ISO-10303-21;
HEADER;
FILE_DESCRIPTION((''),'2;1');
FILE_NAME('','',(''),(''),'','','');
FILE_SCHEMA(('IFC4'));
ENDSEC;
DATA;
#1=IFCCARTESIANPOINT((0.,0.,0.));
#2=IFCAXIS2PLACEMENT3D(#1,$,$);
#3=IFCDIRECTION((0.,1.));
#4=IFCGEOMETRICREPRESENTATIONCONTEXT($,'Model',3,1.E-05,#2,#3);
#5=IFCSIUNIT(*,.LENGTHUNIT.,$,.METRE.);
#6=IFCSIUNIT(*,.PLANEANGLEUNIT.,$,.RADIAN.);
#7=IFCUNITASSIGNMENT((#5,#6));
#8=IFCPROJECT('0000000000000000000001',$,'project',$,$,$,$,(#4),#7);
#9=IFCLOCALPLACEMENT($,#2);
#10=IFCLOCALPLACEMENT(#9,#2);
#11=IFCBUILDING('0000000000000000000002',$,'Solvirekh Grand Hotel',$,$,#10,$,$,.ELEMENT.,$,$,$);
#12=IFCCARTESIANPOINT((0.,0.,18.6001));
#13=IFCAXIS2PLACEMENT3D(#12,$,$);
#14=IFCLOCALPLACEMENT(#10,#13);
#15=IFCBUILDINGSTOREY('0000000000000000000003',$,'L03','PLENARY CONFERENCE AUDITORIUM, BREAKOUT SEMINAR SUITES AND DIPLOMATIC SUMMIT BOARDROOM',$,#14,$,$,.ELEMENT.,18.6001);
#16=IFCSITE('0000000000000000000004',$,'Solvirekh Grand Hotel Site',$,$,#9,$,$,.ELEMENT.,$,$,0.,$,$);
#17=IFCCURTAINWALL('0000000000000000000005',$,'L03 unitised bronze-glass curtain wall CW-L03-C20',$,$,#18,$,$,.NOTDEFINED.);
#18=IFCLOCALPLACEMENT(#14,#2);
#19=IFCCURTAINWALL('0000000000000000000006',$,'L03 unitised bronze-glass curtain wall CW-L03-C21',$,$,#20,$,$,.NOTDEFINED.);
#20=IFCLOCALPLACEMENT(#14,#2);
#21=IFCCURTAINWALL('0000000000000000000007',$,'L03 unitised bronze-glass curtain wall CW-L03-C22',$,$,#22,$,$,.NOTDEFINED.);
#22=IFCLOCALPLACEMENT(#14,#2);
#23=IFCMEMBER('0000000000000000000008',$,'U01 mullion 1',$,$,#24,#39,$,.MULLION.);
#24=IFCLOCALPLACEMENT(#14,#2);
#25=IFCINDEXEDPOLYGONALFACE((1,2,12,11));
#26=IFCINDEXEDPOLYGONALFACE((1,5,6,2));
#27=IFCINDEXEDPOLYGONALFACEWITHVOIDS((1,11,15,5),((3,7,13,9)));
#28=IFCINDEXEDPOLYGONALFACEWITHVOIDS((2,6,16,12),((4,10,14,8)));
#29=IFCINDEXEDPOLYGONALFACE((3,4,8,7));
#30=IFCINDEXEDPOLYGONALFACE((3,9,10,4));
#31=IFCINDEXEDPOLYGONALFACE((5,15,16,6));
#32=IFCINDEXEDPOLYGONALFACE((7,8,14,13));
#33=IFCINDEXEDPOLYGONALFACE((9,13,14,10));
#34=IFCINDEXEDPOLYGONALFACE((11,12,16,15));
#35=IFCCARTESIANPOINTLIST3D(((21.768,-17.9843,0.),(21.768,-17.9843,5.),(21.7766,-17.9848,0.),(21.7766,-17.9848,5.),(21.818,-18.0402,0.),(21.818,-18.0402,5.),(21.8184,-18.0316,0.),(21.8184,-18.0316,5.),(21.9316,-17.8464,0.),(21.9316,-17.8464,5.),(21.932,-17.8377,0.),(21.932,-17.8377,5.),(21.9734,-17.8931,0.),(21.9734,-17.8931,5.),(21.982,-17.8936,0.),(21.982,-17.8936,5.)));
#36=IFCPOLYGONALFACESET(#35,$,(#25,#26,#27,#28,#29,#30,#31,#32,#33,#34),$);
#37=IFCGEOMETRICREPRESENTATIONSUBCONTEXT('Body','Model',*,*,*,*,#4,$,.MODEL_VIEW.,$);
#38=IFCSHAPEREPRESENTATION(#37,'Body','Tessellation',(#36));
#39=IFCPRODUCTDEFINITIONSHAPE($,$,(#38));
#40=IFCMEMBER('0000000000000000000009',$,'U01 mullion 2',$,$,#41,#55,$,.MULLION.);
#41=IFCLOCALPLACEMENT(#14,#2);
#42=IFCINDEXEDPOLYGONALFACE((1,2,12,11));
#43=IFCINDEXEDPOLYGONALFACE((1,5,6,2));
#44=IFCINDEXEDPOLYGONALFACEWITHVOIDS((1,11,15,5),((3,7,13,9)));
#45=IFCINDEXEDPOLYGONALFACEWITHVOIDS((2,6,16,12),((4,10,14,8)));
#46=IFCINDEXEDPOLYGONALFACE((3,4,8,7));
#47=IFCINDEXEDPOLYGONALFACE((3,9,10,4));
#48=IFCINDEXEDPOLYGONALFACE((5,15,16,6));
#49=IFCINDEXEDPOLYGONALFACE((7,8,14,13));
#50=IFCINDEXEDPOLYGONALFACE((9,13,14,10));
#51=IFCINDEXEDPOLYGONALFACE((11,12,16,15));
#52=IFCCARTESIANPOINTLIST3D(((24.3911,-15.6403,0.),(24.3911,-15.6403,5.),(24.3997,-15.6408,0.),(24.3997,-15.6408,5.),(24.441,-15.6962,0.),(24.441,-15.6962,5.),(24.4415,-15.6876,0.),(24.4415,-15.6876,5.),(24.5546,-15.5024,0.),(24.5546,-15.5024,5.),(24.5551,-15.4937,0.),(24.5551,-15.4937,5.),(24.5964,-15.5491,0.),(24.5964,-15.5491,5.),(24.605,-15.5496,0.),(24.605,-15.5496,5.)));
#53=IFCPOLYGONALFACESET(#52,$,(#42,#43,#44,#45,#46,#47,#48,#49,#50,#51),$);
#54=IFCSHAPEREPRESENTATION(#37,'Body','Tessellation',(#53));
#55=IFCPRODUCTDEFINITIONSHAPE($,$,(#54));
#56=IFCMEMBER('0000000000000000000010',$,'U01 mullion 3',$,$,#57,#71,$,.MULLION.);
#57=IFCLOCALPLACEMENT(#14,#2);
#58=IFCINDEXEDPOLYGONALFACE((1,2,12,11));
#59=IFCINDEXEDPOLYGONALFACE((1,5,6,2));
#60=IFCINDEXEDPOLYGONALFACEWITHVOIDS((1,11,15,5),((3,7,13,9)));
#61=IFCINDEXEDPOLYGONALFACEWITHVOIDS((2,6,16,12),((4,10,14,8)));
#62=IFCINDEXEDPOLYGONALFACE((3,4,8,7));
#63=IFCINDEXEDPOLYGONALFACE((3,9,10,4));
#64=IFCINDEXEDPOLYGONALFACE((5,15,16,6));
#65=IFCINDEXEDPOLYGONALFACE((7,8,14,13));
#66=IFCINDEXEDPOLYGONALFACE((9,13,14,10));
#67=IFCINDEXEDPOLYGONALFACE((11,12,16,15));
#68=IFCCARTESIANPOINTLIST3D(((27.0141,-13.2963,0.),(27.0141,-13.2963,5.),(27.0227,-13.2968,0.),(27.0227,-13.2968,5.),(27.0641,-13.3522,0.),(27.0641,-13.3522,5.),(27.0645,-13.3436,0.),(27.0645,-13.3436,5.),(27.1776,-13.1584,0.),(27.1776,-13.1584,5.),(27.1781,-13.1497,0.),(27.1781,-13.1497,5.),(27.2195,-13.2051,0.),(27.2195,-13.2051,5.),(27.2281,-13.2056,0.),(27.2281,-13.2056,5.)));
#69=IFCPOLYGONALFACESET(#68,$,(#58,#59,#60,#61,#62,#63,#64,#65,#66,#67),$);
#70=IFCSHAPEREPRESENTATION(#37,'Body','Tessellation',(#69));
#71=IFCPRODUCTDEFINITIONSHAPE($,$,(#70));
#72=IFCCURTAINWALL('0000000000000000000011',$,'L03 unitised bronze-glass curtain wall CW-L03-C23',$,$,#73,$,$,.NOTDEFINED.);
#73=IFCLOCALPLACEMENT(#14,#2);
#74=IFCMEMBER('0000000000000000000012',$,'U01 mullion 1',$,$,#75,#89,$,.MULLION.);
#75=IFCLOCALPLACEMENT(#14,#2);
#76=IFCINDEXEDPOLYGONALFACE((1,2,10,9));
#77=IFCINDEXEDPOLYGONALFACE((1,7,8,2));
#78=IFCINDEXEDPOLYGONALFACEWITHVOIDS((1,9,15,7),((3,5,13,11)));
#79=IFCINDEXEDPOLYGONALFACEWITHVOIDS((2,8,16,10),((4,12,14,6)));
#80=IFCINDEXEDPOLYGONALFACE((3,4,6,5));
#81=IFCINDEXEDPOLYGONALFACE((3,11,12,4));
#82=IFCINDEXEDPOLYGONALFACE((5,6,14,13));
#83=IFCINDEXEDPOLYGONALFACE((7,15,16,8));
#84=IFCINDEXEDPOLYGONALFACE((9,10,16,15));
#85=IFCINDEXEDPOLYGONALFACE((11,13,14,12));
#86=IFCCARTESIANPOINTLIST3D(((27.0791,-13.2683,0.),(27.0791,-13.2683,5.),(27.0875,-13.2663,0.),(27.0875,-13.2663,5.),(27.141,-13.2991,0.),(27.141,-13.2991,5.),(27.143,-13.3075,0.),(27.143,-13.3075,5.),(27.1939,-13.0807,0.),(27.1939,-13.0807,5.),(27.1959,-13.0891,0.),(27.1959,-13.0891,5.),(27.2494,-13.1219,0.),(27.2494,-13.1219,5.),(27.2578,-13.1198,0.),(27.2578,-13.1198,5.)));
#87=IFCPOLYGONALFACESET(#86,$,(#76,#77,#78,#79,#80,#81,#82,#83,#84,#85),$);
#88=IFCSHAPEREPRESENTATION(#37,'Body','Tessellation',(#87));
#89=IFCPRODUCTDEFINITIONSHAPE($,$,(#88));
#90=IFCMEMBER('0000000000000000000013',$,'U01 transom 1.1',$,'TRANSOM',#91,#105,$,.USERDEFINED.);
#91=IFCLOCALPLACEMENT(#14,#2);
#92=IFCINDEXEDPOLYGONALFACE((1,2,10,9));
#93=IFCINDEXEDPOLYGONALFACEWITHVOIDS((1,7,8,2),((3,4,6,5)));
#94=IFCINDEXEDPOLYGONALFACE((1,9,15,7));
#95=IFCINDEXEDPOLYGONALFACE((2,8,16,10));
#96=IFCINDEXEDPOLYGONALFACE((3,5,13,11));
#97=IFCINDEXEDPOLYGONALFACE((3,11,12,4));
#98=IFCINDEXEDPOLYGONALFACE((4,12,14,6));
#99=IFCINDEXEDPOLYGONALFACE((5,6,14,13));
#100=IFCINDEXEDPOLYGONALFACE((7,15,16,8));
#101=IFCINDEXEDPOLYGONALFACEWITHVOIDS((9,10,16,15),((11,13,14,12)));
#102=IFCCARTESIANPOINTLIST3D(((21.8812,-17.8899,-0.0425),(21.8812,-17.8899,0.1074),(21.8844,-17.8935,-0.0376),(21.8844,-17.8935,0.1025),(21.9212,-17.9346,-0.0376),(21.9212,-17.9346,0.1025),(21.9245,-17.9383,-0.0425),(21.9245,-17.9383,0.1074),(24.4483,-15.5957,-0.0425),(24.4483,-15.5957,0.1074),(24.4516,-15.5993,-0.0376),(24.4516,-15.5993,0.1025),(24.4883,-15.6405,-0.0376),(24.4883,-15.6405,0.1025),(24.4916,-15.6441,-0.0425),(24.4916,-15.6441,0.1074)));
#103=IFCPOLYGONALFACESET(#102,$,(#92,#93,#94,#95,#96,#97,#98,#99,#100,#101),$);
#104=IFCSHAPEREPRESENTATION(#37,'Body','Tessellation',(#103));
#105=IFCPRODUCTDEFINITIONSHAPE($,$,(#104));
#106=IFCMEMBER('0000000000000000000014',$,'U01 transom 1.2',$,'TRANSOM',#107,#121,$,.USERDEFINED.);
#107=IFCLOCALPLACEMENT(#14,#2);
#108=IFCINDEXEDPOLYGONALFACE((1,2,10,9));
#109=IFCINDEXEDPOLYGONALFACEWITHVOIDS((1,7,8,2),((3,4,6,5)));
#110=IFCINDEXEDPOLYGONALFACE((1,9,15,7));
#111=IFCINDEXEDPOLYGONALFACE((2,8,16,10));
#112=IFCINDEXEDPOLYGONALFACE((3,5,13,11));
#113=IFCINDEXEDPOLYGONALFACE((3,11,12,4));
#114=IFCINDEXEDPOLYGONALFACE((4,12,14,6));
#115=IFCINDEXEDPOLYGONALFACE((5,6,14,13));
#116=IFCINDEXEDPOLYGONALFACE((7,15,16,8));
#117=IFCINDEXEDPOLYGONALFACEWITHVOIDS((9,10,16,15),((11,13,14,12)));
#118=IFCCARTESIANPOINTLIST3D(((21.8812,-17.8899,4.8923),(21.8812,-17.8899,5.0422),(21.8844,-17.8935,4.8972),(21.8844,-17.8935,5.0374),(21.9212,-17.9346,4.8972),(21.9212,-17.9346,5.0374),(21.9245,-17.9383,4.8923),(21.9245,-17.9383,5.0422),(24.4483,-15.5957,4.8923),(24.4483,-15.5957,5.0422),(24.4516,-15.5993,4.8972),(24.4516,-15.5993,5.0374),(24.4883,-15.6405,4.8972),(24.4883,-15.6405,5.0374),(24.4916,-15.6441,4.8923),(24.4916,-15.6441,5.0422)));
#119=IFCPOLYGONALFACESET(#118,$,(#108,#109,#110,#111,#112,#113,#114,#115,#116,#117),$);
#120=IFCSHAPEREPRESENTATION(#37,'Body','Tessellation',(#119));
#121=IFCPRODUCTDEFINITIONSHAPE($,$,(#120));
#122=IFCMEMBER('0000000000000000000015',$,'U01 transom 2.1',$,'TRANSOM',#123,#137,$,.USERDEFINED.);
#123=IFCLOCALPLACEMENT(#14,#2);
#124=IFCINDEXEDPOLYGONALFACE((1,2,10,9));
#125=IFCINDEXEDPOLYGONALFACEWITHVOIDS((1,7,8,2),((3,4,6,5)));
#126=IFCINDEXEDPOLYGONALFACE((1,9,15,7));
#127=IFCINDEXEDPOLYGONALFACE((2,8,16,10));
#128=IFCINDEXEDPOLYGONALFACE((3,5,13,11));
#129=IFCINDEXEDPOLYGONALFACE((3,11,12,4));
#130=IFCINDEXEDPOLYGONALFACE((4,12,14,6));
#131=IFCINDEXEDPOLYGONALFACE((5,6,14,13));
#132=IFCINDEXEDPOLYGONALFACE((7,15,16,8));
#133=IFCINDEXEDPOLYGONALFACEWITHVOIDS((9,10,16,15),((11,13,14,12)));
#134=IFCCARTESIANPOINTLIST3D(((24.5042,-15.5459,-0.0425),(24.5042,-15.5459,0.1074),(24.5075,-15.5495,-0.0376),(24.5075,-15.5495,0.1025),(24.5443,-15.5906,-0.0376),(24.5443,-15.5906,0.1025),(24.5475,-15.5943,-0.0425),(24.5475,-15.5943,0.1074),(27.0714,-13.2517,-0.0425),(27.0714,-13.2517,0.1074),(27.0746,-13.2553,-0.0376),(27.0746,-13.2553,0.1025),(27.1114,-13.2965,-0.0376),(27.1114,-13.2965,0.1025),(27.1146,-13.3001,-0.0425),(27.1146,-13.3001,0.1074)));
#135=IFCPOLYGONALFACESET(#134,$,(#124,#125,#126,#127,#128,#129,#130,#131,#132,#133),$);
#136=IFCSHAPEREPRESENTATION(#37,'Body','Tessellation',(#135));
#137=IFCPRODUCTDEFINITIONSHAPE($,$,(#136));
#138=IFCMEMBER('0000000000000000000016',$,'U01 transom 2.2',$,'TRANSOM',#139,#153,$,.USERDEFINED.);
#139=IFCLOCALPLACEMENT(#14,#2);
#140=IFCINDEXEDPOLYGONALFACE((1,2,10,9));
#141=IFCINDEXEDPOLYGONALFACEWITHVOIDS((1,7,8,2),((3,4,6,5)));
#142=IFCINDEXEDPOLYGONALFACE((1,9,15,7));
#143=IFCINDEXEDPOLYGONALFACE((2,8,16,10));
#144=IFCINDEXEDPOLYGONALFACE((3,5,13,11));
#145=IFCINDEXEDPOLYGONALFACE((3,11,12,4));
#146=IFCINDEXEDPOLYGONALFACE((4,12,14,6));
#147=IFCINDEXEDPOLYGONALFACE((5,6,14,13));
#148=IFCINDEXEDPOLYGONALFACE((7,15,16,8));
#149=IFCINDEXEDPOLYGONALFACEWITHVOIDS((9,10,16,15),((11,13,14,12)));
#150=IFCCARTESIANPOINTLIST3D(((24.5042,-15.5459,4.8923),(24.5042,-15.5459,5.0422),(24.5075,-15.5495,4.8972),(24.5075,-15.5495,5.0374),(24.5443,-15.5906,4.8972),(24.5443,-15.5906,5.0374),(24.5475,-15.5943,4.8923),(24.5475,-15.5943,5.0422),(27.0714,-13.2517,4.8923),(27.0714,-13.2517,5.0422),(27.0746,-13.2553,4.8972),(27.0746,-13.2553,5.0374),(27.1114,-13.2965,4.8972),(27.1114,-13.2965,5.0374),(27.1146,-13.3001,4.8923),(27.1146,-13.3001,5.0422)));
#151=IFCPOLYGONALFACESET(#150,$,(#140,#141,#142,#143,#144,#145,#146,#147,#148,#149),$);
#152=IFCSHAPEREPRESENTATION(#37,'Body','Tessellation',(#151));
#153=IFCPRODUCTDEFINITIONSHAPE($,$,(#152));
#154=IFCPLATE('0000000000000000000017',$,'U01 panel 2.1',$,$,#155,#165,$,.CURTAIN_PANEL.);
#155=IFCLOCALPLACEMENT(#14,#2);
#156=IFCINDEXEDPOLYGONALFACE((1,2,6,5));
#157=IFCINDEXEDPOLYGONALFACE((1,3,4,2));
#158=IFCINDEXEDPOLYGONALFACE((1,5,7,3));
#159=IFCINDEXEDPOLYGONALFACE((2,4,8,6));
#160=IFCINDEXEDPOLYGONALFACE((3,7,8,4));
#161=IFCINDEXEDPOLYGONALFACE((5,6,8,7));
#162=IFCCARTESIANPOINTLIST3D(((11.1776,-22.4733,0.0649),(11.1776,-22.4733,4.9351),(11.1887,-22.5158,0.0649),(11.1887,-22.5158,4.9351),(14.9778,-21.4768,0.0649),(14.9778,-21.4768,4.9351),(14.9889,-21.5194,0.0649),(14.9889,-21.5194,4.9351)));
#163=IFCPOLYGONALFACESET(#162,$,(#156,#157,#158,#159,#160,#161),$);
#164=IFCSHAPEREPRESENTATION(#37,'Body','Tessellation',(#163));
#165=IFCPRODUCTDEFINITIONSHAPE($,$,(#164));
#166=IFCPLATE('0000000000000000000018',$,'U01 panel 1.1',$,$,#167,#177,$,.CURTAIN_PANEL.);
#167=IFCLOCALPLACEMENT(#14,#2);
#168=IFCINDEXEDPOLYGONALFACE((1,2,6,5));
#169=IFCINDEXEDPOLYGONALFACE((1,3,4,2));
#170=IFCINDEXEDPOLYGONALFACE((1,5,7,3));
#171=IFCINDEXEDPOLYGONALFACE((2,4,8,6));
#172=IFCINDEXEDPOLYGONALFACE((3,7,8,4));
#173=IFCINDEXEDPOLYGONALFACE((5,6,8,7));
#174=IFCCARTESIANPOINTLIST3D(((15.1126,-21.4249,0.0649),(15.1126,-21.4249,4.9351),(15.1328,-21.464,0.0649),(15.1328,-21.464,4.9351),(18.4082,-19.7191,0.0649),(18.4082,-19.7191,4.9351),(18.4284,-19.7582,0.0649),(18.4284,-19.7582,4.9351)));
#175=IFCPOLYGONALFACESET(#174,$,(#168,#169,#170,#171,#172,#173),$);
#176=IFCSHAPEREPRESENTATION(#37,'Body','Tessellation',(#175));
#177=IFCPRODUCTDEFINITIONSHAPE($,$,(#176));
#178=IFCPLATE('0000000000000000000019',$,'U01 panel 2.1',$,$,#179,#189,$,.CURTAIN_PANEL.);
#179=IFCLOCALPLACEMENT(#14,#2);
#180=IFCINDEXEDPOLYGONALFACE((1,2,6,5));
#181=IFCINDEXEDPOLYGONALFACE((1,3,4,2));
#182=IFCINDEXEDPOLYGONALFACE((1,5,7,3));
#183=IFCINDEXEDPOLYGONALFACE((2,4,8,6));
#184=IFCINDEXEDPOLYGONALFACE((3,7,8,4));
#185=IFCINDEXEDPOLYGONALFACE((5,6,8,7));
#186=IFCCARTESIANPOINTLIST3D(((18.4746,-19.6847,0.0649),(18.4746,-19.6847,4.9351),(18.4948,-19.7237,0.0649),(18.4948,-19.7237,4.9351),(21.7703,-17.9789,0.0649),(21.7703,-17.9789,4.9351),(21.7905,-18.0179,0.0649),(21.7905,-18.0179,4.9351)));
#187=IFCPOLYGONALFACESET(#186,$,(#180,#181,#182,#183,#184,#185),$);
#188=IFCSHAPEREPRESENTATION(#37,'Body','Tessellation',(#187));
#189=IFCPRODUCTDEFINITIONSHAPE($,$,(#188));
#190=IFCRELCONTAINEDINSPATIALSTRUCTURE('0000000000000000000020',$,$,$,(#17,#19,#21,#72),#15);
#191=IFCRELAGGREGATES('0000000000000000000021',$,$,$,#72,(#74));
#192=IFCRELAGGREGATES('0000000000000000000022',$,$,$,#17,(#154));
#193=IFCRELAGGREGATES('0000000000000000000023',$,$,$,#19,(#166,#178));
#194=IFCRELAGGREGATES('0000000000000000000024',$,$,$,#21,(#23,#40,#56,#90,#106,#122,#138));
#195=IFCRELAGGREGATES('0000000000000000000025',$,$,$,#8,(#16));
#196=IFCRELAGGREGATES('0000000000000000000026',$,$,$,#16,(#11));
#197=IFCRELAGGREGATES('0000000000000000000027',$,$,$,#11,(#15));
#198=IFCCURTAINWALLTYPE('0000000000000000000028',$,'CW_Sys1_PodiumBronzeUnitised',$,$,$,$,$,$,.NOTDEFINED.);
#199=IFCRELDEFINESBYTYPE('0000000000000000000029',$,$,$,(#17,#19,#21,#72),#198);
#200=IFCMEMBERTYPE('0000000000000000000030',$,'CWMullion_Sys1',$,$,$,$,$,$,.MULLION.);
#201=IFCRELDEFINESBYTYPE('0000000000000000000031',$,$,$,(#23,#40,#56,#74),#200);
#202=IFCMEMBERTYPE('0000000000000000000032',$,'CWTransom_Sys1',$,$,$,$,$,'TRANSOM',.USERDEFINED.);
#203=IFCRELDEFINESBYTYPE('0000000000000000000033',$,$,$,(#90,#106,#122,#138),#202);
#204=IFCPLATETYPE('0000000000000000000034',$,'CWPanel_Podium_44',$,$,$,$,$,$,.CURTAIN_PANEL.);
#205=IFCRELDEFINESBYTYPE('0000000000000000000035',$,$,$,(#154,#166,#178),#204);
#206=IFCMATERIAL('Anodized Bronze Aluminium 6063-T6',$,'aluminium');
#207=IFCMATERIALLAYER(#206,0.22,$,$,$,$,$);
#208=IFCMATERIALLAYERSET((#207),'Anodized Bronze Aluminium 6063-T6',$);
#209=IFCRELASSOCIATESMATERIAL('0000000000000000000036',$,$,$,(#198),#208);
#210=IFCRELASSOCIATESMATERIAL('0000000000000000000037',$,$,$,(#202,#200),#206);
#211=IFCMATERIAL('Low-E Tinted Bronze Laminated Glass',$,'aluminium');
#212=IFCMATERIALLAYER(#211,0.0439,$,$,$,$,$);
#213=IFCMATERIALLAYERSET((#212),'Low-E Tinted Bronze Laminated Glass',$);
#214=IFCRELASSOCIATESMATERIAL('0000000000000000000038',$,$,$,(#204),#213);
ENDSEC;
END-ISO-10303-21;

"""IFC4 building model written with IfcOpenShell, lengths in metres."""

from ifc_helpers import new_model, si_unit, direction, frame, origin, origin_2d, place, context, subcontext, project, spatial, rectangle, hollow_rectangle, extrude, source, transform, mapped, material, layer, layer_set, material_profile, profile_set, type_object, element, aggregate, save


model = new_model("IFC4")

# Units and contexts
model_context = context("Model", 3, precision=1e-05, world=origin(), true_north=direction((0.0, 1.0)))
body_context = subcontext(model_context, "Body", "Model", "MODEL_VIEW")
ifc_project = project(units=[si_unit("LENGTHUNIT", "METRE"), si_unit("PLANEANGLEUNIT", "RADIAN")], contexts=[model_context])

# Site, building, storey
site_placement = place(None, origin())
site = spatial("IfcSite", under=ifc_project, at=site_placement, Name="Solvirekh Grand Hotel Site", CompositionType="ELEMENT", RefElevation=0.0)
building_placement = place(site_placement, origin())
building = spatial("IfcBuilding", under=site, at=building_placement, Name="Solvirekh Grand Hotel", CompositionType="ELEMENT")
storey_placement = place(building_placement, frame((0.0, 0.0, 18.6001)))
storey = spatial("IfcBuildingStorey", under=building, at=storey_placement, Name="L03", Description="PLENARY CONFERENCE AUDITORIUM, BREAKOUT SEMINAR SUITES AND DIPLOMATIC SUMMIT BOARDROOM", CompositionType="ELEMENT", Elevation=18.6001)

# Curtain walls
ifc_material_1 = material(Name="Anodized Bronze Aluminium 6063-T6", Category="aluminium")
ifc_layer_1 = layer(ifc_material_1, 0.22)
ifc_layer_set_1 = layer_set([ifc_layer_1], Name="Anodized Bronze Aluminium 6063-T6")
curtain_wall_type = type_object("IfcCurtainWallType", Name="CW_Sys1_PodiumBronzeUnitised", PredefinedType="NOTDEFINED", material=ifc_layer_set_1)
curtain_wall_1_placement = place(storey_placement, origin())
curtain_wall_1 = element("IfcCurtainWall", 1, at=curtain_wall_1_placement, inside=storey, type_object=curtain_wall_type, Name="L03 unitised bronze-glass curtain wall CW-L03-C20", PredefinedType="NOTDEFINED")
ifc_material_profile_1 = material_profile(ifc_material_1, hollow_rectangle(XDim=0.0649, YDim=0.1499, WallThickness=0.0049, at=origin_2d()), Name="ALU RHS 150X65X5")
ifc_profile_set_1 = profile_set([ifc_material_profile_1], Name="Anodized Bronze Aluminium 6063-T6")
member_type_1 = type_object("IfcMemberType", Name="CWTransom_Sys1", ElementType="TRANSOM", PredefinedType="USERDEFINED", material=ifc_profile_set_1)
curtain_wall_2_placement = place(storey_placement, origin())
curtain_wall_2 = element("IfcCurtainWall", 2, at=curtain_wall_2_placement, inside=storey, type_object=curtain_wall_type, Name="L03 unitised bronze-glass curtain wall CW-L03-C21", PredefinedType="NOTDEFINED")

# Shared definitions
ifc_material_profile_2 = material_profile(ifc_material_1, hollow_rectangle(XDim=0.075, YDim=0.22, WallThickness=0.0061, at=origin_2d()), Name="ALU RHS 220X75X6")
ifc_profile_set_2 = profile_set([ifc_material_profile_2], Name="Anodized Bronze Aluminium 6063-T6")
member_type_2 = type_object("IfcMemberType", Name="CWMullion_Sys1", PredefinedType="MULLION", material=ifc_profile_set_2)
shared_shape_1 = source(origin(), body_context, "Body", "SweptSolid", [
    extrude(hollow_rectangle(XDim=0.075, YDim=0.22, WallThickness=0.0061, at=origin_2d()), origin(), (0.0, 0.0, 1.0), 5.0),
])

# Curtain wall, members
curtain_wall_3_placement = place(storey_placement, origin())
curtain_wall_3 = element("IfcCurtainWall", 3, at=curtain_wall_3_placement, inside=storey, type_object=curtain_wall_type, Name="L03 unitised bronze-glass curtain wall CW-L03-C22", PredefinedType="NOTDEFINED")
member_1_placement = place(storey_placement, frame((21.875, -17.939, 0.0), z_axis=(0.0, 0.0, 1.0), x_axis=(-0.666334, 0.745653, 0.0)))
member_1 = element("IfcMember", 4, at=member_1_placement, type_object=member_type_2, Name="U01 mullion 1", PredefinedType="MULLION", context=body_context, shape_type="MappedRepresentation", body=[
    mapped(shared_shape_1, transform((0.0, 0.0, 0.0), x_axis=(1.0, 0.0, 0.0), y_axis=(0.0, 1.0, 0.0), z_axis=(0.0, 0.0, 1.0), scale=1.0)),
])
member_2_placement = place(storey_placement, frame((24.498, -15.595, 0.0), z_axis=(0.0, 0.0, 1.0), x_axis=(-0.666334, 0.745653, 0.0)))
member_2 = element("IfcMember", 5, at=member_2_placement, type_object=member_type_2, Name="U01 mullion 2", PredefinedType="MULLION", context=body_context, shape_type="MappedRepresentation", body=[
    mapped(shared_shape_1, transform((0.0, 0.0, 0.0), x_axis=(1.0, 0.0, 0.0), y_axis=(0.0, 1.0, 0.0), z_axis=(0.0, 0.0, 1.0), scale=1.0)),
])
member_3_placement = place(storey_placement, frame((27.1211, -13.251, 0.0), z_axis=(0.0, 0.0, 1.0), x_axis=(-0.666334, 0.745653, 0.0)))
member_3 = element("IfcMember", 6, at=member_3_placement, type_object=member_type_2, Name="U01 mullion 3", PredefinedType="MULLION", context=body_context, shape_type="MappedRepresentation", body=[
    mapped(shared_shape_1, transform((0.0, 0.0, 0.0), x_axis=(1.0, 0.0, 0.0), y_axis=(0.0, 1.0, 0.0), z_axis=(0.0, 0.0, 1.0), scale=1.0)),
])

# Curtain wall, member
curtain_wall_4_placement = place(storey_placement, origin())
curtain_wall_4 = element("IfcCurtainWall", 7, at=curtain_wall_4_placement, inside=storey, type_object=curtain_wall_type, Name="L03 unitised bronze-glass curtain wall CW-L03-C23", PredefinedType="NOTDEFINED")
member_4_placement = place(storey_placement, frame((27.1685, -13.1941, 0.0), z_axis=(0.0, 0.0, 1.0), x_axis=(-0.852923, 0.522037, 0.0)))
member_4 = element("IfcMember", 8, at=member_4_placement, type_object=member_type_2, Name="U01 mullion 1", PredefinedType="MULLION", context=body_context, shape_type="MappedRepresentation", body=[
    mapped(shared_shape_1, transform((0.0, 0.0, 0.0), x_axis=(1.0, 0.0, 0.0), y_axis=(0.0, 1.0, 0.0), z_axis=(0.0, 0.0, 1.0), scale=1.0)),
])
aggregate(curtain_wall_4, [member_4])

# Members
shared_shape_2 = source(origin(), body_context, "Body", "SweptSolid", [
    extrude(hollow_rectangle(XDim=0.0649, YDim=0.1499, WallThickness=0.0049, at=origin_2d()), origin(), (0.0, 0.0, 1.0), 3.4429),
])
member_5_placement = place(storey_placement, frame((21.9028, -17.9141, 0.0325), z_axis=(0.745634, 0.666355, 0.0), x_axis=(-0.666355, 0.745634, 0.0)))
member_5 = element("IfcMember", 9, at=member_5_placement, type_object=member_type_1, Name="U01 transom 1.1", ObjectType="TRANSOM", PredefinedType="USERDEFINED", context=body_context, shape_type="MappedRepresentation", body=[
    mapped(shared_shape_2, transform((0.0, 0.0, 0.0), x_axis=(1.0, 0.0, 0.0), y_axis=(0.0, 1.0, 0.0), z_axis=(0.0, 0.0, 1.0), scale=1.0)),
])
member_6_placement = place(storey_placement, frame((21.9028, -17.9141, 4.9673), z_axis=(0.745634, 0.666355, 0.0), x_axis=(-0.666355, 0.745634, 0.0)))
member_6 = element("IfcMember", 10, at=member_6_placement, type_object=member_type_1, Name="U01 transom 1.2", ObjectType="TRANSOM", PredefinedType="USERDEFINED", context=body_context, shape_type="MappedRepresentation", body=[
    mapped(shared_shape_2, transform((0.0, 0.0, 0.0), x_axis=(1.0, 0.0, 0.0), y_axis=(0.0, 1.0, 0.0), z_axis=(0.0, 0.0, 1.0), scale=1.0)),
])
member_7_placement = place(storey_placement, frame((24.5259, -15.5701, 0.0325), z_axis=(0.745634, 0.666355, 0.0), x_axis=(-0.666355, 0.745634, 0.0)))
member_7 = element("IfcMember", 11, at=member_7_placement, type_object=member_type_1, Name="U01 transom 2.1", ObjectType="TRANSOM", PredefinedType="USERDEFINED", context=body_context, shape_type="MappedRepresentation", body=[
    mapped(shared_shape_2, transform((0.0, 0.0, 0.0), x_axis=(1.0, 0.0, 0.0), y_axis=(0.0, 1.0, 0.0), z_axis=(0.0, 0.0, 1.0), scale=1.0)),
])
member_8_placement = place(storey_placement, frame((24.5259, -15.5701, 4.9673), z_axis=(0.745634, 0.666355, 0.0), x_axis=(-0.666355, 0.745634, 0.0)))
member_8 = element("IfcMember", 12, at=member_8_placement, type_object=member_type_1, Name="U01 transom 2.2", ObjectType="TRANSOM", PredefinedType="USERDEFINED", context=body_context, shape_type="MappedRepresentation", body=[
    mapped(shared_shape_2, transform((0.0, 0.0, 0.0), x_axis=(1.0, 0.0, 0.0), y_axis=(0.0, 1.0, 0.0), z_axis=(0.0, 0.0, 1.0), scale=1.0)),
])

# Plates
ifc_material_2 = material(Name="Low-E Tinted Bronze Laminated Glass", Category="aluminium")
ifc_layer_2 = layer(ifc_material_2, 0.0439)
ifc_layer_set_2 = layer_set([ifc_layer_2], Name="Low-E Tinted Bronze Laminated Glass")
plate_type = type_object("IfcPlateType", Name="CWPanel_Podium_44", PredefinedType="CURTAIN_PANEL", material=ifc_layer_set_2)
shared_shape_3 = source(origin(), body_context, "Body", "SweptSolid", [
    extrude(rectangle(XDim=3.9287, YDim=0.0439, at=origin_2d()), origin(), (0.0, 0.0, 1.0), 4.8701),
])
plate_1_placement = place(storey_placement, frame((13.0833, -21.9963, 0.0649), z_axis=(0.0, 0.0, 1.0), x_axis=(0.967299, 0.253641, 0.0)))
plate_1 = element("IfcPlate", 13, at=plate_1_placement, type_object=plate_type, Name="U01 panel 2.1", PredefinedType="CURTAIN_PANEL", context=body_context, shape_type="MappedRepresentation", body=[
    mapped(shared_shape_3, transform((0.0, 0.0, 0.0), x_axis=(1.0, 0.0, 0.0), y_axis=(0.0, 1.0, 0.0), z_axis=(0.0, 0.0, 1.0), scale=1.0)),
])
aggregate(curtain_wall_1, [plate_1])
shared_shape_4 = source(origin(), body_context, "Body", "SweptSolid", [
    extrude(rectangle(XDim=3.7109, YDim=0.0439, at=origin_2d()), origin(), (0.0, 0.0, 1.0), 4.8701),
])
plate_2_placement = place(storey_placement, frame((16.7705, -20.5916, 0.0649), z_axis=(0.0, 0.0, 1.0), x_axis=(0.888089, 0.459672, 0.0)))
plate_2 = element("IfcPlate", 14, at=plate_2_placement, type_object=plate_type, Name="U01 panel 1.1", PredefinedType="CURTAIN_PANEL", context=body_context, shape_type="MappedRepresentation", body=[
    mapped(shared_shape_4, transform((0.0, 0.0, 0.0), x_axis=(1.0, 0.0, 0.0), y_axis=(0.0, 1.0, 0.0), z_axis=(0.0, 0.0, 1.0), scale=1.0)),
])
plate_3_placement = place(storey_placement, frame((20.1326, -18.8513, 0.0649), z_axis=(0.0, 0.0, 1.0), x_axis=(0.888089, 0.459672, 0.0)))
plate_3 = element("IfcPlate", 15, at=plate_3_placement, type_object=plate_type, Name="U01 panel 2.1", PredefinedType="CURTAIN_PANEL", context=body_context, shape_type="MappedRepresentation", body=[
    mapped(shared_shape_4, transform((0.0, 0.0, 0.0), x_axis=(1.0, 0.0, 0.0), y_axis=(0.0, 1.0, 0.0), z_axis=(0.0, 0.0, 1.0), scale=1.0)),
])
aggregate(curtain_wall_2, [plate_2, plate_3])
aggregate(curtain_wall_3, [member_1, member_2, member_3, member_5, member_6, member_7, member_8])

save(model, "model.ifc")
